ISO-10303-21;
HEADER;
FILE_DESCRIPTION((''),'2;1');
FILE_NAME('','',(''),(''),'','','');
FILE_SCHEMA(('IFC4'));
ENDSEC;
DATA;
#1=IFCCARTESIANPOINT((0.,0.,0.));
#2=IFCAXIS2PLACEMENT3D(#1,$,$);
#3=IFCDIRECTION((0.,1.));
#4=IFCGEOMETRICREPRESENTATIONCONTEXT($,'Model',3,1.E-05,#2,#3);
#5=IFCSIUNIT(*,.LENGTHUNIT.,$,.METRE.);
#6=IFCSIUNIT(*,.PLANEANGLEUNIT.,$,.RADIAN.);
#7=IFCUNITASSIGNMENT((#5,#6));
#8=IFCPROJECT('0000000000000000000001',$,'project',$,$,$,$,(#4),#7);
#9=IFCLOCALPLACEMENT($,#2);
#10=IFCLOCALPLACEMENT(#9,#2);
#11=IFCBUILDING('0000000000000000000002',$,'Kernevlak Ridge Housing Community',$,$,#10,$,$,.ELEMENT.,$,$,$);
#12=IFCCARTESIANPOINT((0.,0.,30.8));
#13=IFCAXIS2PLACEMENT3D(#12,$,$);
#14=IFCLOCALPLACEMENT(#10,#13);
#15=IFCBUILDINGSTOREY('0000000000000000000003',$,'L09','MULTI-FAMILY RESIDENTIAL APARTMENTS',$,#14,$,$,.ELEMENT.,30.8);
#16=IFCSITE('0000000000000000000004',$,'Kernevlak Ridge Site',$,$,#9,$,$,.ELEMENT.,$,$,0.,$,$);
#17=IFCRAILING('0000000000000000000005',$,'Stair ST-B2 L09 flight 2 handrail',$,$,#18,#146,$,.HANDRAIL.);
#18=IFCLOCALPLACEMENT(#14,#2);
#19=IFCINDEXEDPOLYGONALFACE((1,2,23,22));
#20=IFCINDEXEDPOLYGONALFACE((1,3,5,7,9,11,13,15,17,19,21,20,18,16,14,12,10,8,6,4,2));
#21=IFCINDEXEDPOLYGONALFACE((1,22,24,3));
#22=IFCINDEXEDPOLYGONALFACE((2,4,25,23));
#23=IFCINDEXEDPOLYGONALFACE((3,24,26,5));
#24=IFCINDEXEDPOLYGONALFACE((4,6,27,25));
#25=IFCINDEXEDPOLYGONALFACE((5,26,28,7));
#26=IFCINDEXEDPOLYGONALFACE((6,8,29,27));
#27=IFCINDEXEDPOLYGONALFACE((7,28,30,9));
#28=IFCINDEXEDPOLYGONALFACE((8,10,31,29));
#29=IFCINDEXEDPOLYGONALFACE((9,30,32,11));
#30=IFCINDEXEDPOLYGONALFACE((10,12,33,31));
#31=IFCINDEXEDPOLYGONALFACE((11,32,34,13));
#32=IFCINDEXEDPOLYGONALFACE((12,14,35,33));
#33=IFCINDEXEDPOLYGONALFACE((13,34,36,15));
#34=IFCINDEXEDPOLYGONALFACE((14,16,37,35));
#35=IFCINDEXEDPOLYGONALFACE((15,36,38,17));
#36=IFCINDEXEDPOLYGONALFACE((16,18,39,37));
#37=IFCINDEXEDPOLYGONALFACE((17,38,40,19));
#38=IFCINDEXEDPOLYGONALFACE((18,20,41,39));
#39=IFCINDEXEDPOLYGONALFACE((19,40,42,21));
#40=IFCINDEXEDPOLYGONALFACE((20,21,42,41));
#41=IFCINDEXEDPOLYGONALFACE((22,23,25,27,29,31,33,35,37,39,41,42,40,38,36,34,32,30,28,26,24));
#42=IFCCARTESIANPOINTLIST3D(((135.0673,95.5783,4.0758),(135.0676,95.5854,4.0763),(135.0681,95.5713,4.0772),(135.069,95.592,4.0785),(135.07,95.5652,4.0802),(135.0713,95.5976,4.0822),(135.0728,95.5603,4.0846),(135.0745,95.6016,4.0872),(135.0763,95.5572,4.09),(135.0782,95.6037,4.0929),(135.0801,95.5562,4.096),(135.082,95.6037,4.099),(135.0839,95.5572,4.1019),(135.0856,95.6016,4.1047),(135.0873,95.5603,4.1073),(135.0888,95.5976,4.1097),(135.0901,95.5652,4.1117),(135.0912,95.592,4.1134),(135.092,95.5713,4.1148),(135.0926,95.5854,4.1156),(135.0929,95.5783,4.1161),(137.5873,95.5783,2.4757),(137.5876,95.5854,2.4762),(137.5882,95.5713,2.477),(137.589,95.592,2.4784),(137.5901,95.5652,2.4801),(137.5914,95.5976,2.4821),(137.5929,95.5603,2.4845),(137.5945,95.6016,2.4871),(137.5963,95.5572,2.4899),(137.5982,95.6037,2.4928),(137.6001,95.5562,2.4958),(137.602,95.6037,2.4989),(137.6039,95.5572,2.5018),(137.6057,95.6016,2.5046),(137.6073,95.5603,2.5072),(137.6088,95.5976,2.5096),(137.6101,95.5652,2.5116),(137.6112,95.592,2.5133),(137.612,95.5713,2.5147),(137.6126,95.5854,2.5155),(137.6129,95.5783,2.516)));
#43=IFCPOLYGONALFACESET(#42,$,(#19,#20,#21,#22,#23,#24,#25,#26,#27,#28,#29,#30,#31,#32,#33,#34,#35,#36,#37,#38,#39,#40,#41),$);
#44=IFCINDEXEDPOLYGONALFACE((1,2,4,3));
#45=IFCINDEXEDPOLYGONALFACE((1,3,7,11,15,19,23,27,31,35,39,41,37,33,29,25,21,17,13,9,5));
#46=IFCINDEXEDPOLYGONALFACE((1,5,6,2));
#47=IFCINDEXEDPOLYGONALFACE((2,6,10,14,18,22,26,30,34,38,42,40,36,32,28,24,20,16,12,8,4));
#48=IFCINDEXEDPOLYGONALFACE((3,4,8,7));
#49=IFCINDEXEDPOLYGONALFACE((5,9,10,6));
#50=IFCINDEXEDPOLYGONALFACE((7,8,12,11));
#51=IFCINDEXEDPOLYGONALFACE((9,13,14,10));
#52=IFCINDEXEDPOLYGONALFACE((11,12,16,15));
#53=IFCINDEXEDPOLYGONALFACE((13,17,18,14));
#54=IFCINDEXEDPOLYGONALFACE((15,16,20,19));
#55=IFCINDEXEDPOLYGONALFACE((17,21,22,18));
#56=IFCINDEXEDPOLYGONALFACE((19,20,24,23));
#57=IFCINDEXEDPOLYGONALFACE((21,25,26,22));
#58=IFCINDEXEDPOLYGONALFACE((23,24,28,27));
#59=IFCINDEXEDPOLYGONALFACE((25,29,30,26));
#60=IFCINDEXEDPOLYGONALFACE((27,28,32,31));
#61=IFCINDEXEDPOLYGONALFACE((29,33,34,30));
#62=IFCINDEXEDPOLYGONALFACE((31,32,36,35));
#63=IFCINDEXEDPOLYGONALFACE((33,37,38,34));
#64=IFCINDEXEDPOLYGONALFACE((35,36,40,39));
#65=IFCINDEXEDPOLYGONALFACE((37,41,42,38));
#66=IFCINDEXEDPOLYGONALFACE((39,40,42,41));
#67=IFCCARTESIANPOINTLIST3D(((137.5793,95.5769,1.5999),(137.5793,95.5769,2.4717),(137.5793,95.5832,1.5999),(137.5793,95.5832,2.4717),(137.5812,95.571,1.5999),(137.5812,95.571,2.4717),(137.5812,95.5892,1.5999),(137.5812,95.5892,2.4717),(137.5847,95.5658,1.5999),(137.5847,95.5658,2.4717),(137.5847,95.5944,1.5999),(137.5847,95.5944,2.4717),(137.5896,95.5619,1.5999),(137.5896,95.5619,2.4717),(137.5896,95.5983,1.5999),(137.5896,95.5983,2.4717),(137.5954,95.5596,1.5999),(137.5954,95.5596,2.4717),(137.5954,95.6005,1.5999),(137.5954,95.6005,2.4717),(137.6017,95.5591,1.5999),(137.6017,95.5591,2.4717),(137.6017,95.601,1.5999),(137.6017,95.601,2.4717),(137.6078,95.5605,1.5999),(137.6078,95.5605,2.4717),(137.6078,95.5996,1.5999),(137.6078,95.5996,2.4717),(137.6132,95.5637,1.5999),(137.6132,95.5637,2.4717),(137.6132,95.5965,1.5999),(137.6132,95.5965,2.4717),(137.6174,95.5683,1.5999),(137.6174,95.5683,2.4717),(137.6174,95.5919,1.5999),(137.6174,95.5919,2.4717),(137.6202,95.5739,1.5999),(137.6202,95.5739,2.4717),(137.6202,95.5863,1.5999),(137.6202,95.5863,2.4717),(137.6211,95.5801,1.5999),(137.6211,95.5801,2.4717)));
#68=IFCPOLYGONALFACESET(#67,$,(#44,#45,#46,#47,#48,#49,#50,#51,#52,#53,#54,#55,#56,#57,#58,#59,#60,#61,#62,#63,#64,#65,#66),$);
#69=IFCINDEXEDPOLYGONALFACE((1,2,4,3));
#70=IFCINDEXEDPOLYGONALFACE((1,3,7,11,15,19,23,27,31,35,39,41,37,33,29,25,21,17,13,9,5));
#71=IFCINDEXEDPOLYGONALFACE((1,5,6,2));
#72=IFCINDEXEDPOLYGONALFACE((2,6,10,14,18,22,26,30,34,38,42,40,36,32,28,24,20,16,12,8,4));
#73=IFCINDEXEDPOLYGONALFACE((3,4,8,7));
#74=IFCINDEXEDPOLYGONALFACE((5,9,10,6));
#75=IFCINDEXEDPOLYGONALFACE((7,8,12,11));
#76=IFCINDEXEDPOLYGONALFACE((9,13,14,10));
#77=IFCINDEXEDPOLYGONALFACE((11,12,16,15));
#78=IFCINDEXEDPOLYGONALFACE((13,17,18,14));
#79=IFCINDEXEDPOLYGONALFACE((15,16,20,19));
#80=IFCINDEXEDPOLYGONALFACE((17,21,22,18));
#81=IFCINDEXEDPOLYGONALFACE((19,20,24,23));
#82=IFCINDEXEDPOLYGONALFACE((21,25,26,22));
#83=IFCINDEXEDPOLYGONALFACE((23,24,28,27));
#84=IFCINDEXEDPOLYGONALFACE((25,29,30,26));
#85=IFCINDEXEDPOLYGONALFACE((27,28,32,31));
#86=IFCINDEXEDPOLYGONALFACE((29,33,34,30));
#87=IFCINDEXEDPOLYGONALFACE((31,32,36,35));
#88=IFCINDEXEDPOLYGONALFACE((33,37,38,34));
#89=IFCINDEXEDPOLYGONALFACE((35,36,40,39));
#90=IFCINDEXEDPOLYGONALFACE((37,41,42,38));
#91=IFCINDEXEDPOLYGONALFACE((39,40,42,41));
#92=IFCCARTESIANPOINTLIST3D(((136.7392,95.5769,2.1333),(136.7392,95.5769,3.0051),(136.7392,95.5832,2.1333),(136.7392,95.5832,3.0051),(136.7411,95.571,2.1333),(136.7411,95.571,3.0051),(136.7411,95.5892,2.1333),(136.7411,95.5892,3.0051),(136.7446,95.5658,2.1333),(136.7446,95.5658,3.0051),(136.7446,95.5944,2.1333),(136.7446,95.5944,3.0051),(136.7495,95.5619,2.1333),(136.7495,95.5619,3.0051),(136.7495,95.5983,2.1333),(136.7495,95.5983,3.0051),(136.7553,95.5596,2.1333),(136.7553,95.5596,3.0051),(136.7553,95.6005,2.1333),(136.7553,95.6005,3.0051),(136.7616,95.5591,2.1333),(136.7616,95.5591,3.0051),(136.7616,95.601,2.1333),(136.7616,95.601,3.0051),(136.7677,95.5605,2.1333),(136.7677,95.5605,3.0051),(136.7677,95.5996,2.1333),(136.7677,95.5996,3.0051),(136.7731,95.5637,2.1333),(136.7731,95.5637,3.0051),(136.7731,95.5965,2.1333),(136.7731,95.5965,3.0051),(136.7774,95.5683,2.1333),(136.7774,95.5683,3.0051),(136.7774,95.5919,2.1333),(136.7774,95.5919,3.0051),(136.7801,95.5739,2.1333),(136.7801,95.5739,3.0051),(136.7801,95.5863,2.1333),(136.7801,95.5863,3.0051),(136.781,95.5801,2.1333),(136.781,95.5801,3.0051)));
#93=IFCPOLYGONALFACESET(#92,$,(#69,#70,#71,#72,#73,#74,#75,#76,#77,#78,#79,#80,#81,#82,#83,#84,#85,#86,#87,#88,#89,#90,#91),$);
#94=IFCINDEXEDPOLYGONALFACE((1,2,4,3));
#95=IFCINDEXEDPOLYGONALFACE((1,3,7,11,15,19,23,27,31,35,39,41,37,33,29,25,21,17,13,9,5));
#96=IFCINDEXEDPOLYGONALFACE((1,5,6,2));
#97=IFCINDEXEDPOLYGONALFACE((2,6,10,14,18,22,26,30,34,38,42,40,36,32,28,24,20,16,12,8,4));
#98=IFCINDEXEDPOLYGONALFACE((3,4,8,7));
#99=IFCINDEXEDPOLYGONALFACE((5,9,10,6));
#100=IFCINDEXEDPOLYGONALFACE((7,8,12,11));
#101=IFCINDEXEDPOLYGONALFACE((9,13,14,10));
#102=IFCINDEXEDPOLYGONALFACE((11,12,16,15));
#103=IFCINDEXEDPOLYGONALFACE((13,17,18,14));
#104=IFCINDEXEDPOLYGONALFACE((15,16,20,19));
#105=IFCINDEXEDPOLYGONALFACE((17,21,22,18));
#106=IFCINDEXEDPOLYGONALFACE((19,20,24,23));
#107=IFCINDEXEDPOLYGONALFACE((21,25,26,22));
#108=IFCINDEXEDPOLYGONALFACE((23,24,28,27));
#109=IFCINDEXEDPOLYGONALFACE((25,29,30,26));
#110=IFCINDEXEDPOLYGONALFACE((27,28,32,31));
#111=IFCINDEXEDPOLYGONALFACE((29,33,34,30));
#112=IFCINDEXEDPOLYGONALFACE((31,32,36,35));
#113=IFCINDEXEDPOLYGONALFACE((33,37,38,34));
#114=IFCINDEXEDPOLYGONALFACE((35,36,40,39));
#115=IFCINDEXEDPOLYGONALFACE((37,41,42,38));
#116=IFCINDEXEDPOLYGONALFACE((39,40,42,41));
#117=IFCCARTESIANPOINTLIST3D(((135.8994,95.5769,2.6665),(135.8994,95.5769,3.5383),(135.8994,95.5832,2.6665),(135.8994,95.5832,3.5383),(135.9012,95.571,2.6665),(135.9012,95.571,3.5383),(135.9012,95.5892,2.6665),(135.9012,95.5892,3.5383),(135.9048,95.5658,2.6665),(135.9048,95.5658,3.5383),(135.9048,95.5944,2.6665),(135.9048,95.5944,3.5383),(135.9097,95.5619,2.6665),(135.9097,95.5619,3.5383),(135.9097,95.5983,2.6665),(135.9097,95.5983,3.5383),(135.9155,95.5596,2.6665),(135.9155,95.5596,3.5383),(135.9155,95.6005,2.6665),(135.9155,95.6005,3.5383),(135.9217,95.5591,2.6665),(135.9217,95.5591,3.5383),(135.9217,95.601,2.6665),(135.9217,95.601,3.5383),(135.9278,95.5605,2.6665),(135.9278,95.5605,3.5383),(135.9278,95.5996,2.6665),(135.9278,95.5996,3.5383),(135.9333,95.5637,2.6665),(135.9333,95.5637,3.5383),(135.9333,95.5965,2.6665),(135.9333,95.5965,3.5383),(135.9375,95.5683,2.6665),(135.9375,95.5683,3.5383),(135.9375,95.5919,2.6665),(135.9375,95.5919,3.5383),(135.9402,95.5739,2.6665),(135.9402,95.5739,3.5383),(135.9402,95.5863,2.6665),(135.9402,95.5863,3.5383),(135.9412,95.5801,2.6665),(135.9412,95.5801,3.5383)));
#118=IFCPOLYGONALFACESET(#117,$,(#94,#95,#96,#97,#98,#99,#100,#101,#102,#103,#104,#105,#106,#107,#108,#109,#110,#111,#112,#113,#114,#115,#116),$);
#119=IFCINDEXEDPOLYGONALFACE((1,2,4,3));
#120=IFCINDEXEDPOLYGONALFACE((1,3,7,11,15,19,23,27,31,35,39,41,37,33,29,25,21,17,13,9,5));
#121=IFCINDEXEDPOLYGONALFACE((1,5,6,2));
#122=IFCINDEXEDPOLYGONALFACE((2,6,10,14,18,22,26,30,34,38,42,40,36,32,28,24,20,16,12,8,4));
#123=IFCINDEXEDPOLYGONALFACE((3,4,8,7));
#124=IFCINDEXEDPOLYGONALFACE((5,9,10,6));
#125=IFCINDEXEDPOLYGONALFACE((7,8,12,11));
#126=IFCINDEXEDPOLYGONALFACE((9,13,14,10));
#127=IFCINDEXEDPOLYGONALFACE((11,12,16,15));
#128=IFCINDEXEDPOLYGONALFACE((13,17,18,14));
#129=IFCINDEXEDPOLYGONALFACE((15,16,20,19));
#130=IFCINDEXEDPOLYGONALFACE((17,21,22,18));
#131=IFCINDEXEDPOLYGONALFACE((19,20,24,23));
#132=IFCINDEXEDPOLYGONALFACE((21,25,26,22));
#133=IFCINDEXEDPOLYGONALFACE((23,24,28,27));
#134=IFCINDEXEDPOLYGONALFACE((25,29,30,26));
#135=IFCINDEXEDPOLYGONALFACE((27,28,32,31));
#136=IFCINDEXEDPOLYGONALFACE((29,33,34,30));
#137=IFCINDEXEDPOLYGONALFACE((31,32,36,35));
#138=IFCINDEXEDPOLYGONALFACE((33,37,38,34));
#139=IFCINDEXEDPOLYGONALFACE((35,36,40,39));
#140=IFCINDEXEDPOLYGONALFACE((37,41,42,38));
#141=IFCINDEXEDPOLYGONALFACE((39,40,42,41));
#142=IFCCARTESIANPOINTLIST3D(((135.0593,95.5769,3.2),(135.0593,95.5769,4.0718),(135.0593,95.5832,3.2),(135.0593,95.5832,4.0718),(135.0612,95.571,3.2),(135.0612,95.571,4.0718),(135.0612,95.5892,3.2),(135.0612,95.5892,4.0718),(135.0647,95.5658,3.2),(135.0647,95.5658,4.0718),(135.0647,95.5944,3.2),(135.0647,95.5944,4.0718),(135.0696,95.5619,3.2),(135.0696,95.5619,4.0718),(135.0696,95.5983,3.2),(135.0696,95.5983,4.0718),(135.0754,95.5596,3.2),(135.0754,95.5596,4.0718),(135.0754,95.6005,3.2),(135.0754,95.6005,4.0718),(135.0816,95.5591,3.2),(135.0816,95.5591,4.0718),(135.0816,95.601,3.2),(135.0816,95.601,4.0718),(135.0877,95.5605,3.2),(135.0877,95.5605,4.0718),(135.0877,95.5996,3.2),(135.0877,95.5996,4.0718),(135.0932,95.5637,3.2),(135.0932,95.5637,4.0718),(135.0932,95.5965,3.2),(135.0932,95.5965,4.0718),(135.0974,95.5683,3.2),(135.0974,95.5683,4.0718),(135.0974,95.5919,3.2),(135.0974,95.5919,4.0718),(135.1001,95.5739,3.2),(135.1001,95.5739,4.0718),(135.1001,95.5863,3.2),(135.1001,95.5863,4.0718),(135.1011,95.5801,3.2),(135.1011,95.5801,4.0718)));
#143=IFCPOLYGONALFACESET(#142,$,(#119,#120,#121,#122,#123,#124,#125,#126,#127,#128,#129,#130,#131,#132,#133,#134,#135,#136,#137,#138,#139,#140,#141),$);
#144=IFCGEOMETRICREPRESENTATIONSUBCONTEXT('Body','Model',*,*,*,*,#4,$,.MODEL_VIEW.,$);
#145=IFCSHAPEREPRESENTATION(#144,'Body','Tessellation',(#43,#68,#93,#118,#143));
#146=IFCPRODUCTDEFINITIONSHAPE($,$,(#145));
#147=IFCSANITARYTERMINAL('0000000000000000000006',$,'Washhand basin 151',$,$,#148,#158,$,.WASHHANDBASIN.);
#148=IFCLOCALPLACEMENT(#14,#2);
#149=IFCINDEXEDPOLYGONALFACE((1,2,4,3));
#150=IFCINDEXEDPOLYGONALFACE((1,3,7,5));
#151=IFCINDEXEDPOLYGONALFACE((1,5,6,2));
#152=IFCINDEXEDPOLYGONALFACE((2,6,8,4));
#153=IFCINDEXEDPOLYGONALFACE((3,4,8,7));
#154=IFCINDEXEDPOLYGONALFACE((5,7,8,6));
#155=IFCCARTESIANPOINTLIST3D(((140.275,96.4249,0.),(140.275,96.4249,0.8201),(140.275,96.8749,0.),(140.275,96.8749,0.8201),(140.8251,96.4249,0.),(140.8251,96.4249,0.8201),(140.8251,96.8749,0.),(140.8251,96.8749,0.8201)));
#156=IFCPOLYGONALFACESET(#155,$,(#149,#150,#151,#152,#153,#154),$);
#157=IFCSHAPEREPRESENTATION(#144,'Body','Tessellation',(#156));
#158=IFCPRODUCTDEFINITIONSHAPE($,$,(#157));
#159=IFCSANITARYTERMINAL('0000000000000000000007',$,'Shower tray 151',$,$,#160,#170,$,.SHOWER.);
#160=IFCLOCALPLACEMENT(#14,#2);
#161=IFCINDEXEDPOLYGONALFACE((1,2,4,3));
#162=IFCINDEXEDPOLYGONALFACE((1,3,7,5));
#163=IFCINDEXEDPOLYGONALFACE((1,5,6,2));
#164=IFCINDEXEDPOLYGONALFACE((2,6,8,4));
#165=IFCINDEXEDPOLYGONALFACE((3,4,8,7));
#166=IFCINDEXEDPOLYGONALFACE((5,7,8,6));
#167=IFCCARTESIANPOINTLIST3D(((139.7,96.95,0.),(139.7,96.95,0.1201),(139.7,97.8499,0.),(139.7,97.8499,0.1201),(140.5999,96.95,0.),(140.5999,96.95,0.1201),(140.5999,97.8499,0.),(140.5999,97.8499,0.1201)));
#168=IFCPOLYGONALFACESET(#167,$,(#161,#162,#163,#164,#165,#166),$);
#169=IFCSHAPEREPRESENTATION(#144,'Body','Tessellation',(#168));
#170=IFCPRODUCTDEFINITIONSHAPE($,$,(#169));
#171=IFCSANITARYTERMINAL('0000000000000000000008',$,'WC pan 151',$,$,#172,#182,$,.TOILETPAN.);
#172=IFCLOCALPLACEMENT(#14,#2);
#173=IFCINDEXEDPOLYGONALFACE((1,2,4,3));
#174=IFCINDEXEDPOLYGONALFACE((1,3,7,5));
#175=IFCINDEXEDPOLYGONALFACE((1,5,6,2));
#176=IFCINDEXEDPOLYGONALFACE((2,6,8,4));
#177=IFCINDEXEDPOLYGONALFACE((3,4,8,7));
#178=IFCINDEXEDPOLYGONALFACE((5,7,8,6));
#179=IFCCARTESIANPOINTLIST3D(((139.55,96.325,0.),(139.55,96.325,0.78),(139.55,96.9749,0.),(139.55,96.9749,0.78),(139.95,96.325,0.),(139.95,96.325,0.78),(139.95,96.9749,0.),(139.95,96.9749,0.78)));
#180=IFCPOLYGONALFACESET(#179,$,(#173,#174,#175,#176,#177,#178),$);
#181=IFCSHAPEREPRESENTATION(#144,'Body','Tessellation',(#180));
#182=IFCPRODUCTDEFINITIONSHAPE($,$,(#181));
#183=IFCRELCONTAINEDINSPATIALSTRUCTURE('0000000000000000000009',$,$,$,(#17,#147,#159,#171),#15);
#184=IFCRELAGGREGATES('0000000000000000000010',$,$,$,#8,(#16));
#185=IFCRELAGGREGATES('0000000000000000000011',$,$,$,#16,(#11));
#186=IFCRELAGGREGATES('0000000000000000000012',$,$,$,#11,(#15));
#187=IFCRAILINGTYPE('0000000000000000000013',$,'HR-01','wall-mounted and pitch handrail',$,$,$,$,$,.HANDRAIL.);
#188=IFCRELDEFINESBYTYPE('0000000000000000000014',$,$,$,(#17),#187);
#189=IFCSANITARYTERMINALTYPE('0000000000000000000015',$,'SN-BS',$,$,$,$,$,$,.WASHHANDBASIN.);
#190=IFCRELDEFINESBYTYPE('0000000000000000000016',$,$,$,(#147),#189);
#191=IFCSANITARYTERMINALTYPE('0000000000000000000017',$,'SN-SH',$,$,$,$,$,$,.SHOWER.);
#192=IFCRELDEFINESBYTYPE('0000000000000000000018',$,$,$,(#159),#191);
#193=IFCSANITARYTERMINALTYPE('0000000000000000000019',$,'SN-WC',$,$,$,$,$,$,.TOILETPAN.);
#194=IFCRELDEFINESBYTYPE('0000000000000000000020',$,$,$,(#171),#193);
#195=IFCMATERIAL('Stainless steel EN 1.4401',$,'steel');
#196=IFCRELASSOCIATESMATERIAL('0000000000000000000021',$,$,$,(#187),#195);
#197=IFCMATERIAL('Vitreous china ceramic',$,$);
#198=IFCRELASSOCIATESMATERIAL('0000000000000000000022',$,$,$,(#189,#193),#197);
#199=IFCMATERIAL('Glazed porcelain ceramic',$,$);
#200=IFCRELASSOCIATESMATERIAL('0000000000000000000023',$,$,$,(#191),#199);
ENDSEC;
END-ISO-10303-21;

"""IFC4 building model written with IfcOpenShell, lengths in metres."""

from ifc_helpers import new_model, si_unit, direction, frame, origin, origin_2d, place, context, subcontext, project, spatial, rectangle, circle, extrude, material, type_object, element, save


model = new_model("IFC4")

# Units and contexts
model_context = context("Model", 3, precision=1e-05, world=origin(), true_north=direction((0.0, 1.0)))
body_context = subcontext(model_context, "Body", "Model", "MODEL_VIEW")
ifc_project = project(units=[si_unit("LENGTHUNIT", "METRE"), si_unit("PLANEANGLEUNIT", "RADIAN")], contexts=[model_context])

# Site, building, storey
site_placement = place(None, origin())
site = spatial("IfcSite", under=ifc_project, at=site_placement, Name="Kernevlak Ridge Site", CompositionType="ELEMENT", RefElevation=0.0)
building_placement = place(site_placement, origin())
building = spatial("IfcBuilding", under=site, at=building_placement, Name="Kernevlak Ridge Housing Community", CompositionType="ELEMENT")
storey_placement = place(building_placement, frame((0.0, 0.0, 30.8)))
storey = spatial("IfcBuildingStorey", under=building, at=storey_placement, Name="L09", Description="MULTI-FAMILY RESIDENTIAL APARTMENTS", CompositionType="ELEMENT", Elevation=30.8)

# Railing
ifc_material_1 = material(Name="Stainless steel EN 1.4401", Category="steel")
railing_type_1 = type_object("IfcRailingType", Name="HR-01", Description="wall-mounted and pitch handrail", PredefinedType="HANDRAIL", material=ifc_material_1)
railing_1_placement = place(storey_placement, frame((137.6001, 95.5801, 1.5999)))
element("IfcRailing", 1, at=railing_1_placement, inside=storey, type_object=railing_type_1, Name="Stair ST-B2 L09 flight 2 handrail", PredefinedType="HANDRAIL", context=body_context, shape_type="SweptSolid", body=[
    extrude(circle(Radius=0.0239, at=origin_2d()), frame((0.0, 0.0, 0.896), z_axis=(-0.8442, 0.0, 0.536028), x_axis=(0.0, -1.0, 0.0)), (0.0, 0.0, 1.0), 2.9851),
    extrude(circle(Radius=0.021, at=origin_2d()), origin(), (0.0, 0.0, 1.0), 0.8718),
    extrude(circle(Radius=0.021, at=origin_2d()), frame((-0.8401, 0.0, 0.5334)), (0.0, 0.0, 1.0), 0.8718),
    extrude(circle(Radius=0.021, at=origin_2d()), frame((-1.6799, 0.0, 1.0667)), (0.0, 0.0, 1.0), 0.8718),
    extrude(circle(Radius=0.021, at=origin_2d()), frame((-2.52, 0.0, 1.6001)), (0.0, 0.0, 1.0), 0.8718),
])

# Sanitary terminals
ifc_material_2 = material(Name="Vitreous china ceramic")
sanitary_terminal_type_1 = type_object("IfcSanitaryTerminalType", Name="SN-BS", PredefinedType="WASHHANDBASIN", material=ifc_material_2)
sanitary_terminal_1_placement = place(storey_placement, frame((140.55, 96.6499, 0.0), z_axis=(0.0, 0.0, 1.0), x_axis=(1.0, 0.0, 0.0)))
element("IfcSanitaryTerminal", 2, at=sanitary_terminal_1_placement, inside=storey, type_object=sanitary_terminal_type_1, Name="Washhand basin 151", PredefinedType="WASHHANDBASIN", context=body_context, shape_type="SweptSolid", body=[
    extrude(rectangle(XDim=0.55, YDim=0.45, at=origin_2d()), origin(), (0.0, 0.0, 1.0), 0.8201),
])
ifc_material_3 = material(Name="Glazed porcelain ceramic")
sanitary_terminal_type_2 = type_object("IfcSanitaryTerminalType", Name="SN-SH", PredefinedType="SHOWER", material=ifc_material_3)
sanitary_terminal_2_placement = place(storey_placement, frame((140.1499, 97.3999, 0.0), z_axis=(0.0, 0.0, 1.0), x_axis=(1.0, 0.0, 0.0)))
element("IfcSanitaryTerminal", 3, at=sanitary_terminal_2_placement, inside=storey, type_object=sanitary_terminal_type_2, Name="Shower tray 151", PredefinedType="SHOWER", context=body_context, shape_type="SweptSolid", body=[
    extrude(rectangle(XDim=0.8999, YDim=0.8999, at=origin_2d()), origin(), (0.0, 0.0, 1.0), 0.1201),
])
sanitary_terminal_type_3 = type_object("IfcSanitaryTerminalType", Name="SN-WC", PredefinedType="TOILETPAN", material=ifc_material_2)
sanitary_terminal_3_placement = place(storey_placement, frame((139.75, 96.6499, 0.0), z_axis=(0.0, 0.0, 1.0), x_axis=(1.0, 0.0, 0.0)))
element("IfcSanitaryTerminal", 4, at=sanitary_terminal_3_placement, inside=storey, type_object=sanitary_terminal_type_3, Name="WC pan 151", PredefinedType="TOILETPAN", context=body_context, shape_type="SweptSolid", body=[
    extrude(rectangle(XDim=0.3999, YDim=0.6499, at=origin_2d()), origin(), (0.0, 0.0, 1.0), 0.78),
])

save(model, "model.ifc")
